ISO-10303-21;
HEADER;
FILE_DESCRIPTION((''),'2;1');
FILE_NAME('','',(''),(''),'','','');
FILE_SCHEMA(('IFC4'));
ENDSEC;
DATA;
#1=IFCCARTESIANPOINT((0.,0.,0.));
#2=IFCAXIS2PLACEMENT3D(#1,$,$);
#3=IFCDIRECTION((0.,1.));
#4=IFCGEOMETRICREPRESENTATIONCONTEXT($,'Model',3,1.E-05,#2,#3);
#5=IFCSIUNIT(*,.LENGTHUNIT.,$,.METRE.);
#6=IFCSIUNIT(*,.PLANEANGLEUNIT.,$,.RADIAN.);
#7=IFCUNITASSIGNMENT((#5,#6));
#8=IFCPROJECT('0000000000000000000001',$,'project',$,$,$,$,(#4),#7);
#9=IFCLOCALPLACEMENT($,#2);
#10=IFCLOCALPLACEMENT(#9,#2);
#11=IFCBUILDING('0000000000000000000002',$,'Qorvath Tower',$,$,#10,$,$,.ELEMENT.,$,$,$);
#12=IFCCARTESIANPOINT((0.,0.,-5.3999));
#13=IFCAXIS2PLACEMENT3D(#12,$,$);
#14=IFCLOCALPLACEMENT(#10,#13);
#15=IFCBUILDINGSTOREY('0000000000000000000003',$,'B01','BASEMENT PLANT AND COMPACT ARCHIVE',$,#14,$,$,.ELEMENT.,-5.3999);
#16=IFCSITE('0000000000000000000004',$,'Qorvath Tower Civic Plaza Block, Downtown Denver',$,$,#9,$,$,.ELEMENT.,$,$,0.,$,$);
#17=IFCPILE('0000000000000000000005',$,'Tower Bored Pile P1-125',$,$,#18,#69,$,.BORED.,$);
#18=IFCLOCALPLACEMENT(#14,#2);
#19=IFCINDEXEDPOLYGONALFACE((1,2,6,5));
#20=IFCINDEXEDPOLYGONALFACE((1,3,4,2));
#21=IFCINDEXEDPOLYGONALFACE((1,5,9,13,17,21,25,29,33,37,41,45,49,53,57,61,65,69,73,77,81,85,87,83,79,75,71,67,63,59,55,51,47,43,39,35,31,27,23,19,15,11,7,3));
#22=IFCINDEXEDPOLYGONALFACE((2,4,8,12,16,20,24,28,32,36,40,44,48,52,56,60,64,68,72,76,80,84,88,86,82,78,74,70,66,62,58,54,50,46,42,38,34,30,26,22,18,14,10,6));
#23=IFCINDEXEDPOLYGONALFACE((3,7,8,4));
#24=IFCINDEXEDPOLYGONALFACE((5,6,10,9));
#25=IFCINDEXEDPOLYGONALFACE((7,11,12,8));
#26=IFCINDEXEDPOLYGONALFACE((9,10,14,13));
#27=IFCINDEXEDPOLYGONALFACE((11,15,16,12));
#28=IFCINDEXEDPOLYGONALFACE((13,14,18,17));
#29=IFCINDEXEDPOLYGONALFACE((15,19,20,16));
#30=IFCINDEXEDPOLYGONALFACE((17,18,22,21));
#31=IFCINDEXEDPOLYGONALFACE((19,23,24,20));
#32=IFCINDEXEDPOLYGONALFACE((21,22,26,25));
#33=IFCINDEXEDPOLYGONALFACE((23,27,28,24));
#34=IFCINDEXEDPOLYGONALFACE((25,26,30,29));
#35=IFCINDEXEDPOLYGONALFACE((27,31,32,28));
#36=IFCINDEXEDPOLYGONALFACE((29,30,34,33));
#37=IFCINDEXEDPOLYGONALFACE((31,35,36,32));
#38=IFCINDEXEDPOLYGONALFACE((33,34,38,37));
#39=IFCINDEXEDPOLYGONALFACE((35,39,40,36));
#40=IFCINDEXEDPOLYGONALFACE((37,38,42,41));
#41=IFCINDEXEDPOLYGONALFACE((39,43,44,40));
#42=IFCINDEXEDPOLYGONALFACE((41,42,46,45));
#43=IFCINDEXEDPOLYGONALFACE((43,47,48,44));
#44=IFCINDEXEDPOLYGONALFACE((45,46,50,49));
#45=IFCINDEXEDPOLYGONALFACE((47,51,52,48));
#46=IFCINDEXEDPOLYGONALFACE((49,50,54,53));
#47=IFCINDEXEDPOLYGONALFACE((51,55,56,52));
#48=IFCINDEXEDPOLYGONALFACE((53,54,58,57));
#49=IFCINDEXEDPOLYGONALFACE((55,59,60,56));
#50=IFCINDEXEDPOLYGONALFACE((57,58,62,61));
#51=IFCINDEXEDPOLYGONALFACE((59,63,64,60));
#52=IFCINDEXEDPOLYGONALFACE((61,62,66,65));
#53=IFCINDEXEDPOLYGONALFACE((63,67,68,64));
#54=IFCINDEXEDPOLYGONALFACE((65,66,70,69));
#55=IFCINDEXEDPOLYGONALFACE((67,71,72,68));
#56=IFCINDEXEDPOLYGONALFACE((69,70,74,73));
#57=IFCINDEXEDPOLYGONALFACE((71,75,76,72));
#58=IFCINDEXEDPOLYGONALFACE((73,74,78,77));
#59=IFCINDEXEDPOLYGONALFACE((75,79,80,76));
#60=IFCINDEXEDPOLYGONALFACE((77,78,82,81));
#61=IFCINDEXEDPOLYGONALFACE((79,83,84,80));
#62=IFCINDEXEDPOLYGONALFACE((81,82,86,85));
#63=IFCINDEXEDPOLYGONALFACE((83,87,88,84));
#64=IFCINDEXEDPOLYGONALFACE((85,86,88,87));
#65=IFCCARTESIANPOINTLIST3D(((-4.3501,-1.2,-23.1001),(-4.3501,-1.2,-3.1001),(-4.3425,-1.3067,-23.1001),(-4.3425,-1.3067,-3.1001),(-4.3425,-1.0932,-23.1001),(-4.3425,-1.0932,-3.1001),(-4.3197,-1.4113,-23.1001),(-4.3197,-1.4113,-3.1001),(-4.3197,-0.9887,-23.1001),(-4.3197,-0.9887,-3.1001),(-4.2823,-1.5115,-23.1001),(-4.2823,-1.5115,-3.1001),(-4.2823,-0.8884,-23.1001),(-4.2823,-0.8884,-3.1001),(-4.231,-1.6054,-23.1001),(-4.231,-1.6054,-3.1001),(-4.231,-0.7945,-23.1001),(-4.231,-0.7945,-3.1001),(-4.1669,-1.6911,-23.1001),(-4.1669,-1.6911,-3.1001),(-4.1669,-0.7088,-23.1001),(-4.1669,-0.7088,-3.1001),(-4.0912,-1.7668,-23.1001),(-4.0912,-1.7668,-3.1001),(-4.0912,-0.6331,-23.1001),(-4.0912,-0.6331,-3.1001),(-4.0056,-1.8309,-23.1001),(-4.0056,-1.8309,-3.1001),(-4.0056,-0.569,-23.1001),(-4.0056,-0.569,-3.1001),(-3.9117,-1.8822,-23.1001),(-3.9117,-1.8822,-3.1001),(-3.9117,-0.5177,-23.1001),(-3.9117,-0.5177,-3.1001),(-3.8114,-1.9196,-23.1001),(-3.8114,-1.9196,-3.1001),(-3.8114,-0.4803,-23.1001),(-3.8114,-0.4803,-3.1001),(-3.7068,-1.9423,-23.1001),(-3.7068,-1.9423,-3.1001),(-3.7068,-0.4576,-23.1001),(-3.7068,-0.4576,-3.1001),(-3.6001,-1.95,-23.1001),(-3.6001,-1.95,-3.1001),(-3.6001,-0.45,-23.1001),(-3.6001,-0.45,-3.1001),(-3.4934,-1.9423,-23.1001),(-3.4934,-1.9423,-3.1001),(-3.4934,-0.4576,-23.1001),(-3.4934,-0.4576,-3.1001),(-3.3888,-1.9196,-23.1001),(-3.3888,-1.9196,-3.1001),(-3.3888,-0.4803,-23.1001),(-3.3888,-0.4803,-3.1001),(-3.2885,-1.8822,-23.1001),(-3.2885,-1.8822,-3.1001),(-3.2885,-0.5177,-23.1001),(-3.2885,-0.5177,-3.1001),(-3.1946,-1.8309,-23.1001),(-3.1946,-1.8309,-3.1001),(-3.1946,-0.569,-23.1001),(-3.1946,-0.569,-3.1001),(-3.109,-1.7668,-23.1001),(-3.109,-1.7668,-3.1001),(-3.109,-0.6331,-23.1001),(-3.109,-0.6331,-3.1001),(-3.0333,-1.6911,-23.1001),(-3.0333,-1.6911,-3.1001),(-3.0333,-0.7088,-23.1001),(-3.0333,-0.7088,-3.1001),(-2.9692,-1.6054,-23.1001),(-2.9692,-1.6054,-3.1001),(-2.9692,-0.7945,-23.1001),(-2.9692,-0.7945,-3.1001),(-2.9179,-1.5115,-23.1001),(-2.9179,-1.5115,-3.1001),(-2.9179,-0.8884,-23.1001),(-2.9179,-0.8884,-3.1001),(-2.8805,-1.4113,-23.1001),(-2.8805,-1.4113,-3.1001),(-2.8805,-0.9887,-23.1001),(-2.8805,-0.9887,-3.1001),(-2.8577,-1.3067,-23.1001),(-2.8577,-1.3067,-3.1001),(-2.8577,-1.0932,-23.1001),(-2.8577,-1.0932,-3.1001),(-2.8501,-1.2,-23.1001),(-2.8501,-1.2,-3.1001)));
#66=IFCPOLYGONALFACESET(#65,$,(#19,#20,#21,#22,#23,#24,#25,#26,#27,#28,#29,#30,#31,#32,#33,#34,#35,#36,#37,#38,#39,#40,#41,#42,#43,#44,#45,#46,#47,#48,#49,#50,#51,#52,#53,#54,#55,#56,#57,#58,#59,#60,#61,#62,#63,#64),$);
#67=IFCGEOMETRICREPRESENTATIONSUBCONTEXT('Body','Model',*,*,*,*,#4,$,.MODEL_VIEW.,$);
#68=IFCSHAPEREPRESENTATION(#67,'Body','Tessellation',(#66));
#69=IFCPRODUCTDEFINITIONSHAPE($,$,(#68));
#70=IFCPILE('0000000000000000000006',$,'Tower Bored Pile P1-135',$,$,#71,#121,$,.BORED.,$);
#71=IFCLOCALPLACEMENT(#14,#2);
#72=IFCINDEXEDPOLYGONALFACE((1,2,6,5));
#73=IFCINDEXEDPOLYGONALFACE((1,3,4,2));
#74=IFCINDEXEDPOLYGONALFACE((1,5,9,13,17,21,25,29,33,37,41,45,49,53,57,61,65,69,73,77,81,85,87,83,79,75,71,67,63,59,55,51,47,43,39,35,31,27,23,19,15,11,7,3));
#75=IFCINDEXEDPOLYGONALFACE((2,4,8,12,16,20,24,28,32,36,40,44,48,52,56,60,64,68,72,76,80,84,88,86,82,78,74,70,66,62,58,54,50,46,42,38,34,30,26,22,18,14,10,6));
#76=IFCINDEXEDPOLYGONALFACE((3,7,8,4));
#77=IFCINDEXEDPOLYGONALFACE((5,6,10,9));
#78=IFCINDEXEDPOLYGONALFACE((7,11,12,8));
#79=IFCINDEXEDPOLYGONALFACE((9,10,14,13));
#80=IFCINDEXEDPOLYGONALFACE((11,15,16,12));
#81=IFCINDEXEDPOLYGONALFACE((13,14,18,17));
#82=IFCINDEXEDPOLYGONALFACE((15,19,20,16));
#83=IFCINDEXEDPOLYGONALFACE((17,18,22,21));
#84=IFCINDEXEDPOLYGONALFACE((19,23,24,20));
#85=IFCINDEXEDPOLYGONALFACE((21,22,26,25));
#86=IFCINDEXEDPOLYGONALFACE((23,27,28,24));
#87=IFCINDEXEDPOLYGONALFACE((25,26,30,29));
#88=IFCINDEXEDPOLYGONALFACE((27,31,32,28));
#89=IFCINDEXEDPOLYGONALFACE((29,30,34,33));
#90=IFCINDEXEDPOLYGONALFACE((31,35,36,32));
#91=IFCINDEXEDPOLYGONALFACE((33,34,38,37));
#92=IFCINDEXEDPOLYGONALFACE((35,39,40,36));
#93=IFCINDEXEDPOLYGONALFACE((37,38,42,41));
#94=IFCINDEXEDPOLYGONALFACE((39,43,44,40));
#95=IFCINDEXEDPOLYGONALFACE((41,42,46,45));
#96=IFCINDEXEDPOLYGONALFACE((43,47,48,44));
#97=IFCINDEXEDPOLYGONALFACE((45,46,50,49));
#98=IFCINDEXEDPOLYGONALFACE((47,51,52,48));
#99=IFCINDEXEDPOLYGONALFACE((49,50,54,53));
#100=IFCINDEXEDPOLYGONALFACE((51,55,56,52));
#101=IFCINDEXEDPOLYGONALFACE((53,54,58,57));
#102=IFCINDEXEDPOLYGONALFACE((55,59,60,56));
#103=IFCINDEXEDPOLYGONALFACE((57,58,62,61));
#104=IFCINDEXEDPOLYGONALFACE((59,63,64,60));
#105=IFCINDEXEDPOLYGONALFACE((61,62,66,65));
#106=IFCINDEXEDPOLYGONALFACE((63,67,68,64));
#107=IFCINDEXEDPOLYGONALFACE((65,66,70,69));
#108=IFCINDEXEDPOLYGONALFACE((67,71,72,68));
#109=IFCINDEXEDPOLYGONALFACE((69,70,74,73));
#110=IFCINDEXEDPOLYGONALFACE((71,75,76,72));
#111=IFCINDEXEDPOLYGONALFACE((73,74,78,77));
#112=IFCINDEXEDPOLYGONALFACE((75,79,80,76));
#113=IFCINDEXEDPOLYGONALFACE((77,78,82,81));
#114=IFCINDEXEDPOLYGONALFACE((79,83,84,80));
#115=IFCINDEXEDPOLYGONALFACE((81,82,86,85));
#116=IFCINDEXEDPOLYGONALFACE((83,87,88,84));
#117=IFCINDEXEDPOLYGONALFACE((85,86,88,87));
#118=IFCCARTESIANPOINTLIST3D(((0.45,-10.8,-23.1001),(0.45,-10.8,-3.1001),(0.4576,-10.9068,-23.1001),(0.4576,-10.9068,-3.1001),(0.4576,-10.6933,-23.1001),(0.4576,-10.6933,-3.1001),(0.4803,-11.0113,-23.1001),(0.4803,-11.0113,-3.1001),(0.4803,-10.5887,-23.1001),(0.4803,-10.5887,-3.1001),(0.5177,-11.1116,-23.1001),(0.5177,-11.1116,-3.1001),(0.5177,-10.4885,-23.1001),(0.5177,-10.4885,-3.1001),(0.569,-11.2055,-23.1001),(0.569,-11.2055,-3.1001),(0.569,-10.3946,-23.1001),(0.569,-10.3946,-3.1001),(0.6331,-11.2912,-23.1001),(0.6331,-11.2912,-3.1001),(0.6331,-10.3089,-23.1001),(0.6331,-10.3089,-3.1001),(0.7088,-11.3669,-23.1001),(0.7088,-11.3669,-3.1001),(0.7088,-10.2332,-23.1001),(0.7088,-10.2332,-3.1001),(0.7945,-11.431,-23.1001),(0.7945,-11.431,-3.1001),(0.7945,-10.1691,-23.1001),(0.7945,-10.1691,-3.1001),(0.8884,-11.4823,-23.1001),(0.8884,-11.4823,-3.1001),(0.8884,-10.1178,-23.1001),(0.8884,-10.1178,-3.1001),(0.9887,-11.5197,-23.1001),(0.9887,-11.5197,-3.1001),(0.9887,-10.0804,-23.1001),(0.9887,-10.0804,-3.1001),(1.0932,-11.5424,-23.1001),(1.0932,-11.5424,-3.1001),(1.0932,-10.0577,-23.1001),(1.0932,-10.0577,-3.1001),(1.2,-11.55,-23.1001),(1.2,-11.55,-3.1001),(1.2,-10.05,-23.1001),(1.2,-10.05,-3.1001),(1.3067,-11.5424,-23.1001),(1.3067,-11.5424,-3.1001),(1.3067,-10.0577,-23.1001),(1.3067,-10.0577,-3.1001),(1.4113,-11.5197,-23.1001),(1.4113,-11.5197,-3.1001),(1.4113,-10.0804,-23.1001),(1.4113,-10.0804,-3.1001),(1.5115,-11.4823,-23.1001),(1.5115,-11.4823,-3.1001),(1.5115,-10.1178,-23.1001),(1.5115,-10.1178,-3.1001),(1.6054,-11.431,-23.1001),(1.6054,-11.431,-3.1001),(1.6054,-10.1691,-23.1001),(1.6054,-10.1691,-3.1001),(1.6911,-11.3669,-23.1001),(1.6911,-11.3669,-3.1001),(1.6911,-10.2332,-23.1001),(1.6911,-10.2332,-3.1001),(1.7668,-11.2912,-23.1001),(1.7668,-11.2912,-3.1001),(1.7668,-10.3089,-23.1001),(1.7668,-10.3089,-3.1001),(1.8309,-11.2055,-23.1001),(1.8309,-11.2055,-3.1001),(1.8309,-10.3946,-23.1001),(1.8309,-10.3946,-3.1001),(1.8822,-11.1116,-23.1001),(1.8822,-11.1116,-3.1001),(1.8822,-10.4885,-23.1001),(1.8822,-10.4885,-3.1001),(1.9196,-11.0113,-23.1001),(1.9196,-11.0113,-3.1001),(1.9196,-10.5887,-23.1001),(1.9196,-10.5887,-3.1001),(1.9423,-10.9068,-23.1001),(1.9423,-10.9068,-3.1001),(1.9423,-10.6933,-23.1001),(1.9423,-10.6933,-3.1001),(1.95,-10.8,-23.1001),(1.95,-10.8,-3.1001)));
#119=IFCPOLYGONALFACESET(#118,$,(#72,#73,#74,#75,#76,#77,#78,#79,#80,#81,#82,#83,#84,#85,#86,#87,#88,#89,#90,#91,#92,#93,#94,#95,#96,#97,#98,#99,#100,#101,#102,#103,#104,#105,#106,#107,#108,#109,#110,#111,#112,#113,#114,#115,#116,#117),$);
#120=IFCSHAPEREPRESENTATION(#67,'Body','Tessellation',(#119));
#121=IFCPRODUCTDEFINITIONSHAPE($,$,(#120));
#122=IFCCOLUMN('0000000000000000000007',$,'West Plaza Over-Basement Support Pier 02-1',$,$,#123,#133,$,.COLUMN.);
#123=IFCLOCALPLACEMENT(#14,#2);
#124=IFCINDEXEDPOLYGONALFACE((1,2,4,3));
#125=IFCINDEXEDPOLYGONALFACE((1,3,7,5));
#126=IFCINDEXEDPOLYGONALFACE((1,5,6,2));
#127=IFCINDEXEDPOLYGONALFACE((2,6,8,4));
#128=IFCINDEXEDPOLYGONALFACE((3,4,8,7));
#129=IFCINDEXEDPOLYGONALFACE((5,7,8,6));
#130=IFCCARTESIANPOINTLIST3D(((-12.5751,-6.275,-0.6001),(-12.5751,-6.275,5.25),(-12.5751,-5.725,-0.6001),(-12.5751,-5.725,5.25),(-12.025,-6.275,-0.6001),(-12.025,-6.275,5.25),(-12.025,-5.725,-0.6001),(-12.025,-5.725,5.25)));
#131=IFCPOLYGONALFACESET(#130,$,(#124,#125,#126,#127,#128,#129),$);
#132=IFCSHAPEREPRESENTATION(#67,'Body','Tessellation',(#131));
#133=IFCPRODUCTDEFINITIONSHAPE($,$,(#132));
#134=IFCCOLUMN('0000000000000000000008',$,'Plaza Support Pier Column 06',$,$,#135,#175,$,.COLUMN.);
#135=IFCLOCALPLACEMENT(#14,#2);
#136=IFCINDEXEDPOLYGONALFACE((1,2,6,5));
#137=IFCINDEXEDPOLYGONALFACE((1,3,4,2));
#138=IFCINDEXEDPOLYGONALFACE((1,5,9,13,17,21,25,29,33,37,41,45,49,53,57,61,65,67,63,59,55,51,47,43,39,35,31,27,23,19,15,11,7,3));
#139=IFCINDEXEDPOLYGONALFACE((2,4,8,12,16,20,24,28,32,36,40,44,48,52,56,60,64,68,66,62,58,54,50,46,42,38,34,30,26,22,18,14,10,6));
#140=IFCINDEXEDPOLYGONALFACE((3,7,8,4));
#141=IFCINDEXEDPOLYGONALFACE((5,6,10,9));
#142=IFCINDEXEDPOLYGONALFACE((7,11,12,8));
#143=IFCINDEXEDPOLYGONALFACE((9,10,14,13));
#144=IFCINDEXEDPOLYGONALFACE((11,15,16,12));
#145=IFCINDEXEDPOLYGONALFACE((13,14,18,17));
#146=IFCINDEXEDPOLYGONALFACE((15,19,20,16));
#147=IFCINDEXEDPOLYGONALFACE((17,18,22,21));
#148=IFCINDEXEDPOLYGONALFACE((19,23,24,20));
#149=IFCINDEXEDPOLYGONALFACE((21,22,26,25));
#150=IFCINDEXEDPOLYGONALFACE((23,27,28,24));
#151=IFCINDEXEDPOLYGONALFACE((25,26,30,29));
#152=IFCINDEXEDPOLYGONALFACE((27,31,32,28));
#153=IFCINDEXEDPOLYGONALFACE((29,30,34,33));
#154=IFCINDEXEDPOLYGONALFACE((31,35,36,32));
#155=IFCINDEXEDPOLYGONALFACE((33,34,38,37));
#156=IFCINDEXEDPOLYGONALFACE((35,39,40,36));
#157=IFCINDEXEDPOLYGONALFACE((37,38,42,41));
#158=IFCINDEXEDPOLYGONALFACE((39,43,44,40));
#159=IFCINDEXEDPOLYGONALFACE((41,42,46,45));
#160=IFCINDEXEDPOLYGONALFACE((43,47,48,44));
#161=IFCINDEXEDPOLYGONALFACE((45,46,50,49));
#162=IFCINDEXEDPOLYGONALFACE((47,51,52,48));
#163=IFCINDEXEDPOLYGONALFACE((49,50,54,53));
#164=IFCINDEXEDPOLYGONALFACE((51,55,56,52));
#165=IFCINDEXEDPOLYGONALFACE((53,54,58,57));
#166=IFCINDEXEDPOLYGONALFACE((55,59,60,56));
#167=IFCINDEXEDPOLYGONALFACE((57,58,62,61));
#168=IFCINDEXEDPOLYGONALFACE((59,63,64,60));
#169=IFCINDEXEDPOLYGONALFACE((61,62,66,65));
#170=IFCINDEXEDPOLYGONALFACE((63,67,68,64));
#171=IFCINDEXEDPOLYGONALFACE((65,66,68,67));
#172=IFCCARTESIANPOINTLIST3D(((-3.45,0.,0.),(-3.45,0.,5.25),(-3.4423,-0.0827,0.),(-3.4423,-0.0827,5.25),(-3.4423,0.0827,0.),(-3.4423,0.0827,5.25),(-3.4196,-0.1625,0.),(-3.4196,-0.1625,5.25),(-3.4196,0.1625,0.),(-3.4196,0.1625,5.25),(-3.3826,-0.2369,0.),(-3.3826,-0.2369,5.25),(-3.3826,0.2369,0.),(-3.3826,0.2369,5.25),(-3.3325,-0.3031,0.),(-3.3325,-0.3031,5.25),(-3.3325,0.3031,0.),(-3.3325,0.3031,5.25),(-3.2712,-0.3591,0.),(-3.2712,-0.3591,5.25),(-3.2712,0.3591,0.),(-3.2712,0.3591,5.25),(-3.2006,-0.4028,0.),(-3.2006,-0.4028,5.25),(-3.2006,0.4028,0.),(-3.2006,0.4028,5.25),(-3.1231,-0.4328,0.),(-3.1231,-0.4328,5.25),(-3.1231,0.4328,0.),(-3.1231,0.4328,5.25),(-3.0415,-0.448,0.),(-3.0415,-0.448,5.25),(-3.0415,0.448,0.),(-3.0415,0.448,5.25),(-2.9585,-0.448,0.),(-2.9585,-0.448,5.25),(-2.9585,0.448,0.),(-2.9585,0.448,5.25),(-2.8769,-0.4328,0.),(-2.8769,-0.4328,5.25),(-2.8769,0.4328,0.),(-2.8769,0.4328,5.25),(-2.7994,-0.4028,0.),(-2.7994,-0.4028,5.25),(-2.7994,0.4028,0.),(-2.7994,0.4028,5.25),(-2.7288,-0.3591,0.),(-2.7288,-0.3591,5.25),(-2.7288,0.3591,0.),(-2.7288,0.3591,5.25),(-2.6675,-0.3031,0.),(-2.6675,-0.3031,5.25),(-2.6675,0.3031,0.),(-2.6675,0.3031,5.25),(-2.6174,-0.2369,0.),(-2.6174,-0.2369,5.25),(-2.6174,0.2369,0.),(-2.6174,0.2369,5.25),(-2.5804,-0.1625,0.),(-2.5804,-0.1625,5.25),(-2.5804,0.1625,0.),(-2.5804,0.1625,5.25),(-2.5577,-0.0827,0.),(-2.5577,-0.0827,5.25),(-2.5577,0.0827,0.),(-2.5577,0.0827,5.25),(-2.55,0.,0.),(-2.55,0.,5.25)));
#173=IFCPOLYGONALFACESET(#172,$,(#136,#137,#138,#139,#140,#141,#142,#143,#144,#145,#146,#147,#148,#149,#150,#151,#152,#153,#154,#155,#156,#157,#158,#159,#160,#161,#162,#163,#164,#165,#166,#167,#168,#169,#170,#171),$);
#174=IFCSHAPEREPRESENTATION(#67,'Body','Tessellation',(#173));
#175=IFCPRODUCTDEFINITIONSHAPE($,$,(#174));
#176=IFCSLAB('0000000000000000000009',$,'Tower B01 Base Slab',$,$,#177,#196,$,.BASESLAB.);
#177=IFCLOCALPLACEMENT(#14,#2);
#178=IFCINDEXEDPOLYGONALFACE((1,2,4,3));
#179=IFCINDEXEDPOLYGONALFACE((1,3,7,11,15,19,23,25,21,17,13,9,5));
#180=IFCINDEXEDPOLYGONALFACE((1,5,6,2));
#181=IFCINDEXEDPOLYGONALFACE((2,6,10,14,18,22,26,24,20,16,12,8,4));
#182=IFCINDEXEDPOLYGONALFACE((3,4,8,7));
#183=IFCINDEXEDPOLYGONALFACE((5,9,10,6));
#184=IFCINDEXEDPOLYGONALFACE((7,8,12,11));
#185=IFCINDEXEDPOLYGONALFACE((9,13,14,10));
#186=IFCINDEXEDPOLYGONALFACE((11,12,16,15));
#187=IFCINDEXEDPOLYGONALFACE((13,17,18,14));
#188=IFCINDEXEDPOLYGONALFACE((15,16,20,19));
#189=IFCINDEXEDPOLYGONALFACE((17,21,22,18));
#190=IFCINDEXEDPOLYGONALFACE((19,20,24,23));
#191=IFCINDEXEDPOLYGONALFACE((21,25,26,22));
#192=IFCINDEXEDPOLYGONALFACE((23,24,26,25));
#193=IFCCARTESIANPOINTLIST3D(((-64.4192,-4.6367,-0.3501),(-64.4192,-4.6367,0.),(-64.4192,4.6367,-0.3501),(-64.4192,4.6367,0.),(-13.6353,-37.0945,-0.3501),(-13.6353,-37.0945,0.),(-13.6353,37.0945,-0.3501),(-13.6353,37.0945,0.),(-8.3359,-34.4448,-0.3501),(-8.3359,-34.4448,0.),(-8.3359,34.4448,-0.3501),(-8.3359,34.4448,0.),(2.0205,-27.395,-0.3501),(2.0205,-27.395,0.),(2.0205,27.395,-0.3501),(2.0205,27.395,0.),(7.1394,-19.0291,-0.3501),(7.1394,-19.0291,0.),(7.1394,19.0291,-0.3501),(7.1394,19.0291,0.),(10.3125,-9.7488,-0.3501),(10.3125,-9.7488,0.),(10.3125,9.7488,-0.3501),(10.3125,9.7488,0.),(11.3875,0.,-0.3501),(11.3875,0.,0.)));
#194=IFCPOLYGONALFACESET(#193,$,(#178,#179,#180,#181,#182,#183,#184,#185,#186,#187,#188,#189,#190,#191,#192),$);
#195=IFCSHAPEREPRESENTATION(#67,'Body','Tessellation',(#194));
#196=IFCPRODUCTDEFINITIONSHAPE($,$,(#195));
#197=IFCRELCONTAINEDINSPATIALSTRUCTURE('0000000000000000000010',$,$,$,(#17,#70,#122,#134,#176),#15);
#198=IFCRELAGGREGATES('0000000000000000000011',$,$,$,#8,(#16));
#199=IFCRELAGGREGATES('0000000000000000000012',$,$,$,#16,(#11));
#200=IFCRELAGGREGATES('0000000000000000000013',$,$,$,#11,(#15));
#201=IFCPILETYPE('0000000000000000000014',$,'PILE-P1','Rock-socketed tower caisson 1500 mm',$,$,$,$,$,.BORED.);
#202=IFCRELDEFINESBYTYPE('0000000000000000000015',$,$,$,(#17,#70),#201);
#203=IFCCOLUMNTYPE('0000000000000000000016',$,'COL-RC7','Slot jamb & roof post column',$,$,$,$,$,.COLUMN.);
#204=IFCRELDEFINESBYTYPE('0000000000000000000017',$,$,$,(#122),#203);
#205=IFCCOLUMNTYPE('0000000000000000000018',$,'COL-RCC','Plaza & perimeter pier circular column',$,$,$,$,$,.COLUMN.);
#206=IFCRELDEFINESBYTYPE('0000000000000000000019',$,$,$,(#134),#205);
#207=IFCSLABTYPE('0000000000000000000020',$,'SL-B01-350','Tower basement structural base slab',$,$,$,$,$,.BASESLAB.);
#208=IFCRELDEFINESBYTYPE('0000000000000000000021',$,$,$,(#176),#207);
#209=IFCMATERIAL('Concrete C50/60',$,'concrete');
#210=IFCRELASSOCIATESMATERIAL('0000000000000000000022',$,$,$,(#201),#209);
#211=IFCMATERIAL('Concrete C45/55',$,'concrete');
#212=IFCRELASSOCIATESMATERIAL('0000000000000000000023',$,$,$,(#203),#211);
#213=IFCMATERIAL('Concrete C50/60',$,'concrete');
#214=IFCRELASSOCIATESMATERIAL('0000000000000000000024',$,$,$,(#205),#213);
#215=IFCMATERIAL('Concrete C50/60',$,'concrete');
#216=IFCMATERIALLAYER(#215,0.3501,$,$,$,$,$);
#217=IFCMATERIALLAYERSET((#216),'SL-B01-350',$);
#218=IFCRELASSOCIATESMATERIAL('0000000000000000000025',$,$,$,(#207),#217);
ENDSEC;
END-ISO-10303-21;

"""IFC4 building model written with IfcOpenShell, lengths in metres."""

from ifc_helpers import new_model, si_unit, direction, frame, origin, origin_2d, place, context, subcontext, project, spatial, polyline, rectangle, circle, outline, extrude, material, layer, layer_set, material_profile, profile_set, type_object, element, save


model = new_model("IFC4")

# Units and contexts
model_context = context("Model", 3, precision=1e-05, world=origin(), true_north=direction((0.0, 1.0)))
body_context = subcontext(model_context, "Body", "Model", "MODEL_VIEW")
ifc_project = project(units=[si_unit("LENGTHUNIT", "METRE"), si_unit("PLANEANGLEUNIT", "RADIAN")], contexts=[model_context])

# Site, building, storey
site_placement = place(None, origin())
site = spatial("IfcSite", under=ifc_project, at=site_placement, Name="Qorvath Tower Civic Plaza Block, Downtown Denver", CompositionType="ELEMENT", RefElevation=0.0)
building_placement = place(site_placement, origin())
building = spatial("IfcBuilding", under=site, at=building_placement, Name="Qorvath Tower", CompositionType="ELEMENT")
storey_placement = place(building_placement, frame((0.0, 0.0, -5.3999)))
storey = spatial("IfcBuildingStorey", under=building, at=storey_placement, Name="B01", Description="BASEMENT PLANT AND COMPACT ARCHIVE", CompositionType="ELEMENT", Elevation=-5.3999)

# Piles
ifc_material_1 = material(Name="Concrete C50/60", Category="concrete")
ifc_material_profile_1 = material_profile(ifc_material_1, circle(Radius=0.75, at=origin_2d()), Name="BORED PILE 1500")
ifc_profile_set_1 = profile_set([ifc_material_profile_1], Name="Concrete C50/60")
pile_type = type_object("IfcPileType", Name="PILE-P1", Description="Rock-socketed tower caisson 1500 mm", PredefinedType="BORED", material=ifc_profile_set_1)
for number, where, z_axis, x_axis, name in (
    (1, (-3.6001, -1.2, -3.1001), (0.0, 0.0, -1.0), (1.0, 0.0, 0.0), "Tower Bored Pile P1-125"),
    (2, (1.2, -10.8, -3.1001), (0.0, 0.0, -1.0), (1.0, 0.0, 0.0), "Tower Bored Pile P1-135"),
):
    element("IfcPile", number, at=place(storey_placement, frame(where, z_axis=z_axis, x_axis=x_axis)), inside=storey, type_object=pile_type, Name=name, PredefinedType="BORED", context=body_context, shape_type="SweptSolid", body=[
        extrude(circle(Radius=0.75, at=origin_2d()), origin(), (0.0, 0.0, 1.0), 20.0),
    ])

# Columns
ifc_material_2 = material(Name="Concrete C45/55", Category="concrete")
ifc_material_profile_2 = material_profile(ifc_material_2, rectangle(XDim=0.55, YDim=0.55, at=origin_2d()), Name="RC 550x550")
ifc_profile_set_2 = profile_set([ifc_material_profile_2], Name="Concrete C45/55")
column_type_1 = type_object("IfcColumnType", Name="COL-RC7", Description="Slot jamb & roof post column", PredefinedType="COLUMN", material=ifc_profile_set_2)
column_1_placement = place(storey_placement, frame((-12.3, -6.0, -0.6001), z_axis=(0.0, 0.0, 1.0), x_axis=(1.0, 0.0, 0.0)))
element("IfcColumn", 3, at=column_1_placement, inside=storey, type_object=column_type_1, Name="West Plaza Over-Basement Support Pier 02-1", PredefinedType="COLUMN", context=body_context, shape_type="SweptSolid", body=[
    extrude(rectangle(XDim=0.55, YDim=0.55, at=origin_2d()), origin(), (0.0, 0.0, 1.0), 5.8501),
])
ifc_material_3 = material(Name="Concrete C50/60", Category="concrete")
ifc_material_profile_3 = material_profile(ifc_material_3, circle(Radius=0.45, at=origin_2d()), Name="RCC 900")
ifc_profile_set_3 = profile_set([ifc_material_profile_3], Name="Concrete C50/60")
column_type_2 = type_object("IfcColumnType", Name="COL-RCC", Description="Plaza & perimeter pier circular column", PredefinedType="COLUMN", material=ifc_profile_set_3)
column_2_placement = place(storey_placement, frame((-3.0, 0.0, 0.0), z_axis=(0.0, 0.0, 1.0), x_axis=(1.0, 0.0, 0.0)))
element("IfcColumn", 4, at=column_2_placement, inside=storey, type_object=column_type_2, Name="Plaza Support Pier Column 06", PredefinedType="COLUMN", context=body_context, shape_type="SweptSolid", body=[
    extrude(circle(Radius=0.45, at=origin_2d()), origin(), (0.0, 0.0, 1.0), 5.25),
])

# Slab
ifc_material_4 = material(Name="Concrete C50/60", Category="concrete")
ifc_layer_1 = layer(ifc_material_4, 0.3501)
ifc_layer_set_1 = layer_set([ifc_layer_1], Name="SL-B01-350")
slab_type_1 = type_object("IfcSlabType", Name="SL-B01-350", Description="Tower basement structural base slab", PredefinedType="BASESLAB", material=ifc_layer_set_1)
slab_1_placement = place(storey_placement, frame((0.0, 0.0, -0.3501)))
element("IfcSlab", 5, at=slab_1_placement, inside=storey, type_object=slab_type_1, Name="Tower B01 Base Slab", PredefinedType="BASESLAB", context=body_context, shape_type="SweptSolid", body=[
    extrude(outline(polyline([(-64.4192, 4.6367), (-64.4192, -4.6367), (-13.6353, -37.0945), (-8.3359, -34.4448), (2.0205, -27.395), (7.1394, -19.0291), (10.3125, -9.7488), (11.3875, 0.0), (10.3125, 9.7488), (7.1394, 19.0291), (2.0205, 27.395), (-8.3359, 34.4448), (-13.6353, 37.0945), (-64.4192, 4.6367)])), origin(), (0.0, 0.0, 1.0), 0.3501),
])

save(model, "model.ifc")
